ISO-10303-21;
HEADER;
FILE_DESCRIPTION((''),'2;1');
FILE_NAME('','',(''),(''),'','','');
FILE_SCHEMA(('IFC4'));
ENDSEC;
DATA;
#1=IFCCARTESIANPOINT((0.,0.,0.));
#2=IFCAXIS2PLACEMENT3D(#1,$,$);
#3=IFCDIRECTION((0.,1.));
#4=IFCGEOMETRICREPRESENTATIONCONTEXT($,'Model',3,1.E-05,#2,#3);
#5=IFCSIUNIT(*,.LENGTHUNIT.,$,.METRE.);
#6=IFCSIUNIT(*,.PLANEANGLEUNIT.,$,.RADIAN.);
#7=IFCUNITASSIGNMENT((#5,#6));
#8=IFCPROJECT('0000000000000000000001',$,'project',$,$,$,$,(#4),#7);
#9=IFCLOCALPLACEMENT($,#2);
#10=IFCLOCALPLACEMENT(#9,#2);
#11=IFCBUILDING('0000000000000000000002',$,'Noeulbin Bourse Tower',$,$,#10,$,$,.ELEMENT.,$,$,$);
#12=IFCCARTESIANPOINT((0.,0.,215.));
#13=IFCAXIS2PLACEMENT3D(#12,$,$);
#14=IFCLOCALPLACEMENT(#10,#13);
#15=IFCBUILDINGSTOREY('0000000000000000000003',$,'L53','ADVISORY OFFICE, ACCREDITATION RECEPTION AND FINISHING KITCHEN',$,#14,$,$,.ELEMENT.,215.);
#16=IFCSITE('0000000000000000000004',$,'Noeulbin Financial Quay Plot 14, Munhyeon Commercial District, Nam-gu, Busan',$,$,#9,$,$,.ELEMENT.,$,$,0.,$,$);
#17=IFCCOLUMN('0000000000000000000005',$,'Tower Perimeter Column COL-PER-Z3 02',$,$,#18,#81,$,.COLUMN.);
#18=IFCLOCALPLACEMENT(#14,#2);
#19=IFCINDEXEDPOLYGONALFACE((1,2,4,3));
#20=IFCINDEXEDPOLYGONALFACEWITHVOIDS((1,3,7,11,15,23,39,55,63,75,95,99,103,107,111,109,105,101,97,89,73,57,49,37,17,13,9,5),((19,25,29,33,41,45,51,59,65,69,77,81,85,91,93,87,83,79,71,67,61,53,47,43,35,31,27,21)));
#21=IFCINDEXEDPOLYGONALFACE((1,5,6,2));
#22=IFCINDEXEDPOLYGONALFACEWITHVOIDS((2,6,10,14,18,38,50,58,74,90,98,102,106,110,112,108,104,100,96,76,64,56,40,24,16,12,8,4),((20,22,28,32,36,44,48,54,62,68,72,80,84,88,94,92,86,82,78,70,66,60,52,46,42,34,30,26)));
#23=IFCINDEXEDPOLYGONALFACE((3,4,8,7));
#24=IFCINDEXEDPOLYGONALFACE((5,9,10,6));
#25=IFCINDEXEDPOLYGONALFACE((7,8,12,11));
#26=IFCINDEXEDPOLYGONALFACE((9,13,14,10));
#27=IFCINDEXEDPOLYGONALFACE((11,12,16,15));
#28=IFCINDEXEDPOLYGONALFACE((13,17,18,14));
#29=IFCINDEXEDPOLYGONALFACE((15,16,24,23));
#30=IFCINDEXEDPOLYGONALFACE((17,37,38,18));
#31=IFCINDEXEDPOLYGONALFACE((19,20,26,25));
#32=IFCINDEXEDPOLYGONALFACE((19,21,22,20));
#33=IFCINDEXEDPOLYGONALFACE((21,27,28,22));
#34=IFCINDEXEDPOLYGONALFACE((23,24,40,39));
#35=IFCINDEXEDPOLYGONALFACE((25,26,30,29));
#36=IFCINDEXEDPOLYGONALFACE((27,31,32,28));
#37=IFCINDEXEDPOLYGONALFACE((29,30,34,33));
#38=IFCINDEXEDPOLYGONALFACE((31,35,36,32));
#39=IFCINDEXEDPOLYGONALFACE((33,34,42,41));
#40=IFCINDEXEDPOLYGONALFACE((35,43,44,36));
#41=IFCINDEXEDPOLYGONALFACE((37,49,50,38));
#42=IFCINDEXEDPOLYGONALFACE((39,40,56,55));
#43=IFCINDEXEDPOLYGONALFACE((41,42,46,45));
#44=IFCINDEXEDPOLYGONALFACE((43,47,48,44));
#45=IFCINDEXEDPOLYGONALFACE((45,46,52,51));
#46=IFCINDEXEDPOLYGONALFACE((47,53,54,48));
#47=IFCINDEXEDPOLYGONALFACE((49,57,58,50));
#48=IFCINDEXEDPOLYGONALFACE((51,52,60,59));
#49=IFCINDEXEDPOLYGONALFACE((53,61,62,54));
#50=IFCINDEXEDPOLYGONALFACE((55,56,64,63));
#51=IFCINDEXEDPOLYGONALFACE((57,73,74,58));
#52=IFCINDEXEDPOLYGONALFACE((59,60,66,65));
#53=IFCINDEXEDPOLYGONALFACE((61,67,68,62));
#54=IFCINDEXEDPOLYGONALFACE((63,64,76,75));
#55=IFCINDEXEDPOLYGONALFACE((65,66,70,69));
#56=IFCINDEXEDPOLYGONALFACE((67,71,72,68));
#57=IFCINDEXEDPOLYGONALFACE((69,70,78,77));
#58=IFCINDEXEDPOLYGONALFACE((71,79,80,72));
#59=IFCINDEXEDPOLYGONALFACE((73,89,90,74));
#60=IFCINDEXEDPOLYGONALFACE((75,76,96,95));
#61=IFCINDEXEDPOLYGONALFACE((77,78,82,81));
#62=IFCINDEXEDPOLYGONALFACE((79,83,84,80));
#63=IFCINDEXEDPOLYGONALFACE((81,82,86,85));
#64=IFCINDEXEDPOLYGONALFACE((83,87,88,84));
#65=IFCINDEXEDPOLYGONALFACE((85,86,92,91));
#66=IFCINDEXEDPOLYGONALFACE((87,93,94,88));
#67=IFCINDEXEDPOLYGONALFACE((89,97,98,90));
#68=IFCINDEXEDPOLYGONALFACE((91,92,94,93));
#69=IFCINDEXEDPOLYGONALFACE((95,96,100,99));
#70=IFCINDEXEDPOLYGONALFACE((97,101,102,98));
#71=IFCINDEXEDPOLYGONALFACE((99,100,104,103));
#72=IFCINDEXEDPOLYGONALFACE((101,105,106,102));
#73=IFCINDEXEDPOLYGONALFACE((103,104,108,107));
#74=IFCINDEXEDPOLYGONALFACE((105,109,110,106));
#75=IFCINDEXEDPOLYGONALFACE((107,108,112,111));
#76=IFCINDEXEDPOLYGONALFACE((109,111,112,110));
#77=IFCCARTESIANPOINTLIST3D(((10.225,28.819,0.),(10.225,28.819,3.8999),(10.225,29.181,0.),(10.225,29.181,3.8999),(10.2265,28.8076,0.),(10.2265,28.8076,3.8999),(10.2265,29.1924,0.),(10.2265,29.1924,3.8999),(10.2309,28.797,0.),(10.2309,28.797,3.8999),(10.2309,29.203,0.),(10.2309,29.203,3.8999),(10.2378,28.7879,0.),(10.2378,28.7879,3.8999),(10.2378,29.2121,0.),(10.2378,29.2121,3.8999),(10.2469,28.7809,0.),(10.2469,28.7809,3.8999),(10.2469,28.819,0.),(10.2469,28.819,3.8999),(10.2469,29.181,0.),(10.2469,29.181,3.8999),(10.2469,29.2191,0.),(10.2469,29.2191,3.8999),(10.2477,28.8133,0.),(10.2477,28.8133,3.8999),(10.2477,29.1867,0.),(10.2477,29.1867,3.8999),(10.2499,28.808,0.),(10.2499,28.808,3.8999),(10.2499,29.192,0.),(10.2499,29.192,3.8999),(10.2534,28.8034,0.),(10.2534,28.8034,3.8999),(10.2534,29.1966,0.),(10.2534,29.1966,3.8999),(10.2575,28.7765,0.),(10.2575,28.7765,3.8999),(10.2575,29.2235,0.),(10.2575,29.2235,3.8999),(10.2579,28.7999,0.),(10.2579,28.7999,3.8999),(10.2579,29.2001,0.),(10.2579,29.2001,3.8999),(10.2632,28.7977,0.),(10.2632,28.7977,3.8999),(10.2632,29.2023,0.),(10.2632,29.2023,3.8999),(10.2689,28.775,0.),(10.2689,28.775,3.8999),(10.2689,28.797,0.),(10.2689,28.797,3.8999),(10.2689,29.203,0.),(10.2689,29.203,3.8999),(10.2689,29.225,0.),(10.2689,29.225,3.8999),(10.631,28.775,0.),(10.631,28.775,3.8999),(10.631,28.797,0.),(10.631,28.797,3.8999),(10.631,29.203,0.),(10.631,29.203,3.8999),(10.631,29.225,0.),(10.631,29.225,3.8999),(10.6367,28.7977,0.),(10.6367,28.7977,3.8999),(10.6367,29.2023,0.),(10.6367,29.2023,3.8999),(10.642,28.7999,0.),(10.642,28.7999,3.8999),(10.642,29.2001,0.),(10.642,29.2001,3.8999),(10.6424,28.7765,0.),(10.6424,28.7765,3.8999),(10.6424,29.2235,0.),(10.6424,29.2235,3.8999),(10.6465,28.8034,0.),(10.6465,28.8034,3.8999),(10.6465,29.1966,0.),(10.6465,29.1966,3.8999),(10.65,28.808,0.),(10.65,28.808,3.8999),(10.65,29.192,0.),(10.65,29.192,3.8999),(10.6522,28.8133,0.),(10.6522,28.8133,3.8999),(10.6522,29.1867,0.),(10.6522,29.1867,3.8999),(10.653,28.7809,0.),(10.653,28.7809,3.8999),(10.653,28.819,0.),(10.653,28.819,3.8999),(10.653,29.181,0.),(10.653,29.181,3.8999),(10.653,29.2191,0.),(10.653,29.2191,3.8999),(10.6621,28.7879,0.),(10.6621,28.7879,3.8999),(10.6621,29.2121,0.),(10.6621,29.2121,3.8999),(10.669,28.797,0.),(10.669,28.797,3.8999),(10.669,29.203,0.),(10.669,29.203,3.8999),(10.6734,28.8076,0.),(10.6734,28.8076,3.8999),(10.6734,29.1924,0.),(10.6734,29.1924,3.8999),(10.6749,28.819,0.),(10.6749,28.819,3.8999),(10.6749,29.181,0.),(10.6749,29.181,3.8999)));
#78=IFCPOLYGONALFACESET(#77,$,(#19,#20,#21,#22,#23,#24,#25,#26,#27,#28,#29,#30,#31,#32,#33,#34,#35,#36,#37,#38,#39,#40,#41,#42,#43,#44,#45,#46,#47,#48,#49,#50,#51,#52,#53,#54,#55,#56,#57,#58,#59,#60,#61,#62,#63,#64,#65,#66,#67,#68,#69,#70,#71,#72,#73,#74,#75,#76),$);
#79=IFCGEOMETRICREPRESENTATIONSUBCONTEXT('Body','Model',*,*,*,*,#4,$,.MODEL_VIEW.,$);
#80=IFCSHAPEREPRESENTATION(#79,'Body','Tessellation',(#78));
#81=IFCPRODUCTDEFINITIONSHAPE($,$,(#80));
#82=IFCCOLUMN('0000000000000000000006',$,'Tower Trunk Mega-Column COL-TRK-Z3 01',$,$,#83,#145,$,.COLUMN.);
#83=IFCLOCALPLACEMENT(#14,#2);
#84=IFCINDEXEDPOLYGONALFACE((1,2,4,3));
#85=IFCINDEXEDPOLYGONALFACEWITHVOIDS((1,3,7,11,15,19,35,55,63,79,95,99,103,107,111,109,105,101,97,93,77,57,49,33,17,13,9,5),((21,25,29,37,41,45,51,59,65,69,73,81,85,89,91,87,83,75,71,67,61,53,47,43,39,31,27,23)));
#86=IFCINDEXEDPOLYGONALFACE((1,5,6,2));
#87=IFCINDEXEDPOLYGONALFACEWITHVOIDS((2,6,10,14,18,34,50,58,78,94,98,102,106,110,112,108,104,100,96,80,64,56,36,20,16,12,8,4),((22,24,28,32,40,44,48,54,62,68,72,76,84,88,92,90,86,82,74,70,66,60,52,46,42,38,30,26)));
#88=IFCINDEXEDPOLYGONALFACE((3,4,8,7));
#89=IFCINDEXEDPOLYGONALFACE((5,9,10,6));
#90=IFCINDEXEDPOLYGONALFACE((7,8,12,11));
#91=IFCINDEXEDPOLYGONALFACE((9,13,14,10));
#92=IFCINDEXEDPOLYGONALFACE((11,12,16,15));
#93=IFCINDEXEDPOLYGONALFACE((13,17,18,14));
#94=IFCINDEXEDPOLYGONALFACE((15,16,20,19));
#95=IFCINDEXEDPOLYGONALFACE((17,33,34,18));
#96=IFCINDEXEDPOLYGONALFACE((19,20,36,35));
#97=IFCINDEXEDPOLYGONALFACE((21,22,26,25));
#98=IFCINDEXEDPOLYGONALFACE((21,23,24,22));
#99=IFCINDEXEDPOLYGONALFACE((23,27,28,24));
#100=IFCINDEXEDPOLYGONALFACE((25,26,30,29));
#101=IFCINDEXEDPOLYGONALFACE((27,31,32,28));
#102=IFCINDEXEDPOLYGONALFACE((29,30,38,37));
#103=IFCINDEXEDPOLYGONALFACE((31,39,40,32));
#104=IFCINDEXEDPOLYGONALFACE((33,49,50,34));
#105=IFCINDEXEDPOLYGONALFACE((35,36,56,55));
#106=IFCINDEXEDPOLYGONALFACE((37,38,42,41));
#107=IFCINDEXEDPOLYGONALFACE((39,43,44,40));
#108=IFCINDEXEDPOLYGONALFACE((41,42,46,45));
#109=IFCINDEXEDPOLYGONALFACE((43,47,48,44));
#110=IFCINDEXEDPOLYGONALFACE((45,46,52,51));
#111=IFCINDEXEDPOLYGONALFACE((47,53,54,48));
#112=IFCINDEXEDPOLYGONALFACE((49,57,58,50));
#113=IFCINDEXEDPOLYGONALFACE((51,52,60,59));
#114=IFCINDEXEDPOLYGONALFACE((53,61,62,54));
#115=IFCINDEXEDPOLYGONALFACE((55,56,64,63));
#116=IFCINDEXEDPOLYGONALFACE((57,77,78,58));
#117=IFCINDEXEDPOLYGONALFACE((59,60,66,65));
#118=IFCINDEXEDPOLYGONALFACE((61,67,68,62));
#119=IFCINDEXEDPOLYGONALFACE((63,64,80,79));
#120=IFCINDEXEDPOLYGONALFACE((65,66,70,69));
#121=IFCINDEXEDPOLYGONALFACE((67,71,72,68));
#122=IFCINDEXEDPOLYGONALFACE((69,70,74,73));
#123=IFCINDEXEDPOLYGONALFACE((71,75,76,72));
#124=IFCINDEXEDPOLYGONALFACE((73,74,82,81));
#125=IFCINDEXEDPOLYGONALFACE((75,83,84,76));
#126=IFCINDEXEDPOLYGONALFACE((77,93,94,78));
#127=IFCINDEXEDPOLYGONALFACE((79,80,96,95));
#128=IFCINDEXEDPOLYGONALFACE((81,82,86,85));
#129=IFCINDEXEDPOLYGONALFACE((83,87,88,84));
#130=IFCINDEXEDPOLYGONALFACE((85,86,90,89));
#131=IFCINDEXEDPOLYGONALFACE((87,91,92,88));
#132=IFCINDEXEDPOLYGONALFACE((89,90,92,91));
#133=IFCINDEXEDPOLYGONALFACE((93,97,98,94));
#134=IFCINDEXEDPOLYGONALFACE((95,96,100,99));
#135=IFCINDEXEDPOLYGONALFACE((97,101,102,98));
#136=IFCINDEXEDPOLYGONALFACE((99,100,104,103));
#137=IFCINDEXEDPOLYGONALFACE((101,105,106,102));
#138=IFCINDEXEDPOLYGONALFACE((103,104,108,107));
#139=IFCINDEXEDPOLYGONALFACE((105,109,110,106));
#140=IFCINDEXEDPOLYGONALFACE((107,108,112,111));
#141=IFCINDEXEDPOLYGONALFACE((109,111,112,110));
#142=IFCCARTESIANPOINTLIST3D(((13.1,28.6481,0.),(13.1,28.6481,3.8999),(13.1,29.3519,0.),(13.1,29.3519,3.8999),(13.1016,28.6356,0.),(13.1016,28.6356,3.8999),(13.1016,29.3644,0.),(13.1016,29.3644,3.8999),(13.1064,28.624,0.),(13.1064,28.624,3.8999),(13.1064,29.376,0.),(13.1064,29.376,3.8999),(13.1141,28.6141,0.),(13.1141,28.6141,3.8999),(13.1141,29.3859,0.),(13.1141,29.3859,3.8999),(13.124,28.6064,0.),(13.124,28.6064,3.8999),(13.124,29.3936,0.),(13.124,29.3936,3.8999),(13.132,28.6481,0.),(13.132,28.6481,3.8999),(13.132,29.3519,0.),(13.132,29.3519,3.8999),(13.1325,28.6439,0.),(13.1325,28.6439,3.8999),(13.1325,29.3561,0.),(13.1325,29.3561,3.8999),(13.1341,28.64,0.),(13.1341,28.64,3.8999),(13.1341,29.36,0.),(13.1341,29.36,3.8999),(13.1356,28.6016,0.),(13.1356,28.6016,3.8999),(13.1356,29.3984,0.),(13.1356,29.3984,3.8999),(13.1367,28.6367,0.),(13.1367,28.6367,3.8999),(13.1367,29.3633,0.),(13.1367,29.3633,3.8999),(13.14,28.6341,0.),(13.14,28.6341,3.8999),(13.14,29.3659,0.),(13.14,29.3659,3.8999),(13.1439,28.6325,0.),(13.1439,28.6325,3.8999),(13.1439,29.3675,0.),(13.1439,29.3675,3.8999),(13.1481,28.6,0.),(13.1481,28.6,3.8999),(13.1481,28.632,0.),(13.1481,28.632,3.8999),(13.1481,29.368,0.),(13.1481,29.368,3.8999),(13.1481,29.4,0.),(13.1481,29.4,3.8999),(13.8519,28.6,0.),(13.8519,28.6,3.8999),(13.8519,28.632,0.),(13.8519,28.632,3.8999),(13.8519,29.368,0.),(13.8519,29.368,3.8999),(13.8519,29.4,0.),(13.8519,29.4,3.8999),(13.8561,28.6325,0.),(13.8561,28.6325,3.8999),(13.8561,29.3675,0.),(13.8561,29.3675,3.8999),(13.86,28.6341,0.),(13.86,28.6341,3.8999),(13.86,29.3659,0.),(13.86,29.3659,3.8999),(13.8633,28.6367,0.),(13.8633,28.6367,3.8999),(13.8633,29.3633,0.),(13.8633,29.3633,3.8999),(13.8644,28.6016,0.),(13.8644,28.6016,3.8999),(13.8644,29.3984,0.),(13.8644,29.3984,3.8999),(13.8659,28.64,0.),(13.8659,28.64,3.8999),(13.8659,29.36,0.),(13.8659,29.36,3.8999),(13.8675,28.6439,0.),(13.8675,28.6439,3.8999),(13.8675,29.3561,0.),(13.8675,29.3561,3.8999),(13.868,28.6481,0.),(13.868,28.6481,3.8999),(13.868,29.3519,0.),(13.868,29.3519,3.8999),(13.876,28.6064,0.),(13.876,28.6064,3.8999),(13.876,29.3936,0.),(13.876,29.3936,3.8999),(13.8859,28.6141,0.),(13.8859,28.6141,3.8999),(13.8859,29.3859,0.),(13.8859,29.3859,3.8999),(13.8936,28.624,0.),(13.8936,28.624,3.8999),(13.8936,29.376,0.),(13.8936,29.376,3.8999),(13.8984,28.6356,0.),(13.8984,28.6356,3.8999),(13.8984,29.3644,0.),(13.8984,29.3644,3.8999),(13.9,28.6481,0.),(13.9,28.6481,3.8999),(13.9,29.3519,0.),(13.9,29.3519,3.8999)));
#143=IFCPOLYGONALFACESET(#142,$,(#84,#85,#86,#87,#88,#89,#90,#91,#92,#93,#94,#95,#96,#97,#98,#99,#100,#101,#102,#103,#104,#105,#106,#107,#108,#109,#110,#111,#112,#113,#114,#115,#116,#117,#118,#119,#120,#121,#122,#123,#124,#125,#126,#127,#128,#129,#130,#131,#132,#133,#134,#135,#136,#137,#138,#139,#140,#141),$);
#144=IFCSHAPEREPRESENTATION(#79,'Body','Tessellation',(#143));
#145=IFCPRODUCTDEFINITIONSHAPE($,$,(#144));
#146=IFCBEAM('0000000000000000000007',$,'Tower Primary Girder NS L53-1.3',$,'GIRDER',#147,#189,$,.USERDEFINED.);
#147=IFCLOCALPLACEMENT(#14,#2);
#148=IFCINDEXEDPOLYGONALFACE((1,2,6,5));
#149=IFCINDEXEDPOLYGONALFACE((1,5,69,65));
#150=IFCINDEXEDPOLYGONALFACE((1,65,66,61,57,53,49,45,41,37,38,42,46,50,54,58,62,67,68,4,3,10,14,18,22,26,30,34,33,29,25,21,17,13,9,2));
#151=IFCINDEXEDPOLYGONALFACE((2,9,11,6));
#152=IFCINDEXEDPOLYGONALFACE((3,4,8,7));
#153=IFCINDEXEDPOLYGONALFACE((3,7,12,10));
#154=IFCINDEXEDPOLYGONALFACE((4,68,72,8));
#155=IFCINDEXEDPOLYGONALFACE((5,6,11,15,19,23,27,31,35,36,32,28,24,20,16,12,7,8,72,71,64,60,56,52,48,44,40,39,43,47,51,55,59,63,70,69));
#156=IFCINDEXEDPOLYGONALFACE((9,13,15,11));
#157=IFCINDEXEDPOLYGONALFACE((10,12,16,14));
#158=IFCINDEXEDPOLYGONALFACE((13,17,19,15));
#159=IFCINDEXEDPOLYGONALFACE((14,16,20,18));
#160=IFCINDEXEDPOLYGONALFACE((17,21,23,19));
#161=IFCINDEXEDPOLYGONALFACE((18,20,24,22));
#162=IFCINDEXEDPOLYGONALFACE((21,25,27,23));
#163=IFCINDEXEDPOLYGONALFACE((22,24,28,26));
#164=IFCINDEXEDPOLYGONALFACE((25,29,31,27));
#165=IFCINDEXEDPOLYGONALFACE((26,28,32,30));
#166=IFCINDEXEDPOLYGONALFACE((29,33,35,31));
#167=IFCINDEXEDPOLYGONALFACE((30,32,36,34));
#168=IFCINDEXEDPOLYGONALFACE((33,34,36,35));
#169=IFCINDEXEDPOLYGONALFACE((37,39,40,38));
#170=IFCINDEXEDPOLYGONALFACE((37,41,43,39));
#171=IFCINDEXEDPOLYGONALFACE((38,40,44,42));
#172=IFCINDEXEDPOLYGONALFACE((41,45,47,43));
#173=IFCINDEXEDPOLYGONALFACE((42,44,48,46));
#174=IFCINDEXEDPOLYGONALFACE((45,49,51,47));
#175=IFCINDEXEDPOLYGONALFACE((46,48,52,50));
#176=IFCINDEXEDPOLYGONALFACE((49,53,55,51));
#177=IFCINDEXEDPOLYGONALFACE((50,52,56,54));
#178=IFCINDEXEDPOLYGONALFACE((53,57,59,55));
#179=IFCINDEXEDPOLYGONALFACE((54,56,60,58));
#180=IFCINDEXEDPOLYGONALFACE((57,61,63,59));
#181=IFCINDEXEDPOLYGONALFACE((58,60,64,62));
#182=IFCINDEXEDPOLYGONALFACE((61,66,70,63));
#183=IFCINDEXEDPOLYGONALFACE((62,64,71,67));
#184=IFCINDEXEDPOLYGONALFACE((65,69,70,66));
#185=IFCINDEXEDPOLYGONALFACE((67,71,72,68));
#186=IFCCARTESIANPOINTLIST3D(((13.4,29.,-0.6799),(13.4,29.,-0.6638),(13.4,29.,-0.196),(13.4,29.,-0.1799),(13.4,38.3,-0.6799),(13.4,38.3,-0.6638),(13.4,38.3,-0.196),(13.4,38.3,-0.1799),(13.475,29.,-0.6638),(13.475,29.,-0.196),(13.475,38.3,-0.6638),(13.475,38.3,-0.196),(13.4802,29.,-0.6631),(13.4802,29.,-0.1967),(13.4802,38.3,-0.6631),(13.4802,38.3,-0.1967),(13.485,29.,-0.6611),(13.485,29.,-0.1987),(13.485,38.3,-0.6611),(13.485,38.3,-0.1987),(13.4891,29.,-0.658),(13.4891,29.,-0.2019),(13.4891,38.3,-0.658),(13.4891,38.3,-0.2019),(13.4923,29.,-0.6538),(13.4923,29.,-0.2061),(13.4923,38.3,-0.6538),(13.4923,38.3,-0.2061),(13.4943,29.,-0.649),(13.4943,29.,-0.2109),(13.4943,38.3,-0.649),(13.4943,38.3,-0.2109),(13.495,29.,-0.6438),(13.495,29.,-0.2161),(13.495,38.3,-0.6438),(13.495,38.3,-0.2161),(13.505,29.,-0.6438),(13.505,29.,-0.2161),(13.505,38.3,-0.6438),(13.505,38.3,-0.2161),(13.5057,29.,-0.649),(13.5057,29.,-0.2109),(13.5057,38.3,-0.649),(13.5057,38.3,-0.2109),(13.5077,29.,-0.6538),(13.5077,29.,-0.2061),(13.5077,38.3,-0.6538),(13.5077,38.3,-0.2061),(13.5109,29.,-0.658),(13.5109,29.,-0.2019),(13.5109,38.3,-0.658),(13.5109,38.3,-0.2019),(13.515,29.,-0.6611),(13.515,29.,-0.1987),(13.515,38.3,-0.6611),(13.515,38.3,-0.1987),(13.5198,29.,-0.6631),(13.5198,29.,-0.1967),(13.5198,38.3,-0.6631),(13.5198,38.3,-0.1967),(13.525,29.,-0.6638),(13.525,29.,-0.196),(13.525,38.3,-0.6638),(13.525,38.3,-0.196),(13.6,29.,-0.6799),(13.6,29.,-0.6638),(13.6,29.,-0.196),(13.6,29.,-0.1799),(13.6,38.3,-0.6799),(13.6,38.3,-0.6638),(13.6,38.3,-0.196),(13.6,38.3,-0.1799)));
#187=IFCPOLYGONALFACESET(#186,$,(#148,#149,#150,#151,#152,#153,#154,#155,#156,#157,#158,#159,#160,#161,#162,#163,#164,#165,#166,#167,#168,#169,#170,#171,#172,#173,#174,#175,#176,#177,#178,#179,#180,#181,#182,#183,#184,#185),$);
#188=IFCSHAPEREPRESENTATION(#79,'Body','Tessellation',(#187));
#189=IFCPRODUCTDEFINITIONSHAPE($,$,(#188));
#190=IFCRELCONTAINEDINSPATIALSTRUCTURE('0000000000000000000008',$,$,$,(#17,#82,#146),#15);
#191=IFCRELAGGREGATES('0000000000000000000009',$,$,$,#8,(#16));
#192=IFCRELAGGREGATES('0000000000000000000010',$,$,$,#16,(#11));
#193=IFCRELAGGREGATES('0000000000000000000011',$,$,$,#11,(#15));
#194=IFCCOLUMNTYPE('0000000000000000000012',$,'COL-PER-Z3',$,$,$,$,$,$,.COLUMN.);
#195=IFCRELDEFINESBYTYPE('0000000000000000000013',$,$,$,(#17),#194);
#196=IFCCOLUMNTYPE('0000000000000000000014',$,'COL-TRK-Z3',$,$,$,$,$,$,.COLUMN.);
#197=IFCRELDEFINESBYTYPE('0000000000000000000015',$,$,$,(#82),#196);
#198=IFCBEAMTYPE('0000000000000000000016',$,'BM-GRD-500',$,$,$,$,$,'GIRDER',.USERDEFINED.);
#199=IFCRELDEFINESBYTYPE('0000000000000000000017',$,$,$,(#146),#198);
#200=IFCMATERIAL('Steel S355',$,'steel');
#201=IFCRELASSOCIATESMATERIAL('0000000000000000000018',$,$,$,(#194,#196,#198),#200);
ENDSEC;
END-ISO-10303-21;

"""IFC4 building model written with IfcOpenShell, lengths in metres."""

from ifc_helpers import new_model, si_unit, direction, frame, origin, origin_2d, place, context, subcontext, project, spatial, hollow_rectangle, i_section, extrude, material, material_profile, profile_set, type_object, element, save


model = new_model("IFC4")

# Units and contexts
model_context = context("Model", 3, precision=1e-05, world=origin(), true_north=direction((0.0, 1.0)))
body_context = subcontext(model_context, "Body", "Model", "MODEL_VIEW")
ifc_project = project(units=[si_unit("LENGTHUNIT", "METRE"), si_unit("PLANEANGLEUNIT", "RADIAN")], contexts=[model_context])

# Site, building, storey
site_placement = place(None, origin())
site = spatial("IfcSite", under=ifc_project, at=site_placement, Name="Noeulbin Financial Quay Plot 14, Munhyeon Commercial District, Nam-gu, Busan", CompositionType="ELEMENT", RefElevation=0.0)
building_placement = place(site_placement, origin())
building = spatial("IfcBuilding", under=site, at=building_placement, Name="Noeulbin Bourse Tower", CompositionType="ELEMENT")
storey_placement = place(building_placement, frame((0.0, 0.0, 215.0)))
storey = spatial("IfcBuildingStorey", under=building, at=storey_placement, Name="L53", Description="ADVISORY OFFICE, ACCREDITATION RECEPTION AND FINISHING KITCHEN", CompositionType="ELEMENT", Elevation=215.0)

# Columns
ifc_material_1 = material(Name="Steel S355", Category="steel")
ifc_material_profile_1 = material_profile(ifc_material_1, hollow_rectangle(XDim=0.45, YDim=0.45, WallThickness=0.022, InnerFilletRadius=0.022, OuterFilletRadius=0.0439, at=origin_2d()), Name="SHS-450x450x22", Category="LoadBearing")
ifc_profile_set_1 = profile_set([ifc_material_profile_1], Name="Steel S355")
column_type_1 = type_object("IfcColumnType", Name="COL-PER-Z3", PredefinedType="COLUMN", material=ifc_profile_set_1)
column_1_placement = place(storey_placement, frame((10.45, 29.0, 0.0), z_axis=(0.0, 0.0, 1.0), x_axis=(1.0, 0.0, 0.0)))
element("IfcColumn", 1, at=column_1_placement, inside=storey, type_object=column_type_1, Name="Tower Perimeter Column COL-PER-Z3 02", PredefinedType="COLUMN", context=body_context, shape_type="SweptSolid", body=[
    extrude(hollow_rectangle(XDim=0.45, YDim=0.45, WallThickness=0.022, InnerFilletRadius=0.022, OuterFilletRadius=0.0439, at=origin_2d()), origin(), (0.0, 0.0, 1.0), 3.8999),
])
ifc_material_profile_2 = material_profile(ifc_material_1, hollow_rectangle(XDim=0.8, YDim=0.8, WallThickness=0.032, InnerFilletRadius=0.0161, OuterFilletRadius=0.0481, at=origin_2d()), Name="BOX-800x800x32", Category="LoadBearing")
ifc_profile_set_2 = profile_set([ifc_material_profile_2], Name="Steel S355")
column_type_2 = type_object("IfcColumnType", Name="COL-TRK-Z3", PredefinedType="COLUMN", material=ifc_profile_set_2)
column_2_placement = place(storey_placement, frame((13.5, 29.0, 0.0), z_axis=(0.0, 0.0, 1.0), x_axis=(1.0, 0.0, 0.0)))
element("IfcColumn", 2, at=column_2_placement, inside=storey, type_object=column_type_2, Name="Tower Trunk Mega-Column COL-TRK-Z3 01", PredefinedType="COLUMN", context=body_context, shape_type="SweptSolid", body=[
    extrude(hollow_rectangle(XDim=0.8, YDim=0.8, WallThickness=0.032, InnerFilletRadius=0.0161, OuterFilletRadius=0.0481, at=origin_2d()), origin(), (0.0, 0.0, 1.0), 3.8999),
])

# Beam
ifc_material_profile_3 = material_profile(ifc_material_1, i_section(OverallWidth=0.2, OverallDepth=0.5, WebThickness=0.01, FlangeThickness=0.0161, FilletRadius=0.02, at=origin_2d()), Name="H-500x200x10x16", Category="LoadBearing")
ifc_profile_set_3 = profile_set([ifc_material_profile_3], Name="Steel S355")
beam_type_1 = type_object("IfcBeamType", Name="BM-GRD-500", ElementType="GIRDER", PredefinedType="USERDEFINED", material=ifc_profile_set_3)
beam_1_placement = place(storey_placement, frame((13.5, 29.0, -0.4299), z_axis=(0.0, 1.0, 0.0), x_axis=(-1.0, 0.0, 0.0)))
element("IfcBeam", 3, at=beam_1_placement, inside=storey, type_object=beam_type_1, Name="Tower Primary Girder NS L53-1.3", ObjectType="GIRDER", PredefinedType="USERDEFINED", context=body_context, shape_type="SweptSolid", body=[
    extrude(i_section(OverallWidth=0.2, OverallDepth=0.5, WebThickness=0.01, FlangeThickness=0.0161, FilletRadius=0.02, at=origin_2d()), origin(), (0.0, 0.0, 1.0), 9.3),
])

save(model, "model.ifc")
